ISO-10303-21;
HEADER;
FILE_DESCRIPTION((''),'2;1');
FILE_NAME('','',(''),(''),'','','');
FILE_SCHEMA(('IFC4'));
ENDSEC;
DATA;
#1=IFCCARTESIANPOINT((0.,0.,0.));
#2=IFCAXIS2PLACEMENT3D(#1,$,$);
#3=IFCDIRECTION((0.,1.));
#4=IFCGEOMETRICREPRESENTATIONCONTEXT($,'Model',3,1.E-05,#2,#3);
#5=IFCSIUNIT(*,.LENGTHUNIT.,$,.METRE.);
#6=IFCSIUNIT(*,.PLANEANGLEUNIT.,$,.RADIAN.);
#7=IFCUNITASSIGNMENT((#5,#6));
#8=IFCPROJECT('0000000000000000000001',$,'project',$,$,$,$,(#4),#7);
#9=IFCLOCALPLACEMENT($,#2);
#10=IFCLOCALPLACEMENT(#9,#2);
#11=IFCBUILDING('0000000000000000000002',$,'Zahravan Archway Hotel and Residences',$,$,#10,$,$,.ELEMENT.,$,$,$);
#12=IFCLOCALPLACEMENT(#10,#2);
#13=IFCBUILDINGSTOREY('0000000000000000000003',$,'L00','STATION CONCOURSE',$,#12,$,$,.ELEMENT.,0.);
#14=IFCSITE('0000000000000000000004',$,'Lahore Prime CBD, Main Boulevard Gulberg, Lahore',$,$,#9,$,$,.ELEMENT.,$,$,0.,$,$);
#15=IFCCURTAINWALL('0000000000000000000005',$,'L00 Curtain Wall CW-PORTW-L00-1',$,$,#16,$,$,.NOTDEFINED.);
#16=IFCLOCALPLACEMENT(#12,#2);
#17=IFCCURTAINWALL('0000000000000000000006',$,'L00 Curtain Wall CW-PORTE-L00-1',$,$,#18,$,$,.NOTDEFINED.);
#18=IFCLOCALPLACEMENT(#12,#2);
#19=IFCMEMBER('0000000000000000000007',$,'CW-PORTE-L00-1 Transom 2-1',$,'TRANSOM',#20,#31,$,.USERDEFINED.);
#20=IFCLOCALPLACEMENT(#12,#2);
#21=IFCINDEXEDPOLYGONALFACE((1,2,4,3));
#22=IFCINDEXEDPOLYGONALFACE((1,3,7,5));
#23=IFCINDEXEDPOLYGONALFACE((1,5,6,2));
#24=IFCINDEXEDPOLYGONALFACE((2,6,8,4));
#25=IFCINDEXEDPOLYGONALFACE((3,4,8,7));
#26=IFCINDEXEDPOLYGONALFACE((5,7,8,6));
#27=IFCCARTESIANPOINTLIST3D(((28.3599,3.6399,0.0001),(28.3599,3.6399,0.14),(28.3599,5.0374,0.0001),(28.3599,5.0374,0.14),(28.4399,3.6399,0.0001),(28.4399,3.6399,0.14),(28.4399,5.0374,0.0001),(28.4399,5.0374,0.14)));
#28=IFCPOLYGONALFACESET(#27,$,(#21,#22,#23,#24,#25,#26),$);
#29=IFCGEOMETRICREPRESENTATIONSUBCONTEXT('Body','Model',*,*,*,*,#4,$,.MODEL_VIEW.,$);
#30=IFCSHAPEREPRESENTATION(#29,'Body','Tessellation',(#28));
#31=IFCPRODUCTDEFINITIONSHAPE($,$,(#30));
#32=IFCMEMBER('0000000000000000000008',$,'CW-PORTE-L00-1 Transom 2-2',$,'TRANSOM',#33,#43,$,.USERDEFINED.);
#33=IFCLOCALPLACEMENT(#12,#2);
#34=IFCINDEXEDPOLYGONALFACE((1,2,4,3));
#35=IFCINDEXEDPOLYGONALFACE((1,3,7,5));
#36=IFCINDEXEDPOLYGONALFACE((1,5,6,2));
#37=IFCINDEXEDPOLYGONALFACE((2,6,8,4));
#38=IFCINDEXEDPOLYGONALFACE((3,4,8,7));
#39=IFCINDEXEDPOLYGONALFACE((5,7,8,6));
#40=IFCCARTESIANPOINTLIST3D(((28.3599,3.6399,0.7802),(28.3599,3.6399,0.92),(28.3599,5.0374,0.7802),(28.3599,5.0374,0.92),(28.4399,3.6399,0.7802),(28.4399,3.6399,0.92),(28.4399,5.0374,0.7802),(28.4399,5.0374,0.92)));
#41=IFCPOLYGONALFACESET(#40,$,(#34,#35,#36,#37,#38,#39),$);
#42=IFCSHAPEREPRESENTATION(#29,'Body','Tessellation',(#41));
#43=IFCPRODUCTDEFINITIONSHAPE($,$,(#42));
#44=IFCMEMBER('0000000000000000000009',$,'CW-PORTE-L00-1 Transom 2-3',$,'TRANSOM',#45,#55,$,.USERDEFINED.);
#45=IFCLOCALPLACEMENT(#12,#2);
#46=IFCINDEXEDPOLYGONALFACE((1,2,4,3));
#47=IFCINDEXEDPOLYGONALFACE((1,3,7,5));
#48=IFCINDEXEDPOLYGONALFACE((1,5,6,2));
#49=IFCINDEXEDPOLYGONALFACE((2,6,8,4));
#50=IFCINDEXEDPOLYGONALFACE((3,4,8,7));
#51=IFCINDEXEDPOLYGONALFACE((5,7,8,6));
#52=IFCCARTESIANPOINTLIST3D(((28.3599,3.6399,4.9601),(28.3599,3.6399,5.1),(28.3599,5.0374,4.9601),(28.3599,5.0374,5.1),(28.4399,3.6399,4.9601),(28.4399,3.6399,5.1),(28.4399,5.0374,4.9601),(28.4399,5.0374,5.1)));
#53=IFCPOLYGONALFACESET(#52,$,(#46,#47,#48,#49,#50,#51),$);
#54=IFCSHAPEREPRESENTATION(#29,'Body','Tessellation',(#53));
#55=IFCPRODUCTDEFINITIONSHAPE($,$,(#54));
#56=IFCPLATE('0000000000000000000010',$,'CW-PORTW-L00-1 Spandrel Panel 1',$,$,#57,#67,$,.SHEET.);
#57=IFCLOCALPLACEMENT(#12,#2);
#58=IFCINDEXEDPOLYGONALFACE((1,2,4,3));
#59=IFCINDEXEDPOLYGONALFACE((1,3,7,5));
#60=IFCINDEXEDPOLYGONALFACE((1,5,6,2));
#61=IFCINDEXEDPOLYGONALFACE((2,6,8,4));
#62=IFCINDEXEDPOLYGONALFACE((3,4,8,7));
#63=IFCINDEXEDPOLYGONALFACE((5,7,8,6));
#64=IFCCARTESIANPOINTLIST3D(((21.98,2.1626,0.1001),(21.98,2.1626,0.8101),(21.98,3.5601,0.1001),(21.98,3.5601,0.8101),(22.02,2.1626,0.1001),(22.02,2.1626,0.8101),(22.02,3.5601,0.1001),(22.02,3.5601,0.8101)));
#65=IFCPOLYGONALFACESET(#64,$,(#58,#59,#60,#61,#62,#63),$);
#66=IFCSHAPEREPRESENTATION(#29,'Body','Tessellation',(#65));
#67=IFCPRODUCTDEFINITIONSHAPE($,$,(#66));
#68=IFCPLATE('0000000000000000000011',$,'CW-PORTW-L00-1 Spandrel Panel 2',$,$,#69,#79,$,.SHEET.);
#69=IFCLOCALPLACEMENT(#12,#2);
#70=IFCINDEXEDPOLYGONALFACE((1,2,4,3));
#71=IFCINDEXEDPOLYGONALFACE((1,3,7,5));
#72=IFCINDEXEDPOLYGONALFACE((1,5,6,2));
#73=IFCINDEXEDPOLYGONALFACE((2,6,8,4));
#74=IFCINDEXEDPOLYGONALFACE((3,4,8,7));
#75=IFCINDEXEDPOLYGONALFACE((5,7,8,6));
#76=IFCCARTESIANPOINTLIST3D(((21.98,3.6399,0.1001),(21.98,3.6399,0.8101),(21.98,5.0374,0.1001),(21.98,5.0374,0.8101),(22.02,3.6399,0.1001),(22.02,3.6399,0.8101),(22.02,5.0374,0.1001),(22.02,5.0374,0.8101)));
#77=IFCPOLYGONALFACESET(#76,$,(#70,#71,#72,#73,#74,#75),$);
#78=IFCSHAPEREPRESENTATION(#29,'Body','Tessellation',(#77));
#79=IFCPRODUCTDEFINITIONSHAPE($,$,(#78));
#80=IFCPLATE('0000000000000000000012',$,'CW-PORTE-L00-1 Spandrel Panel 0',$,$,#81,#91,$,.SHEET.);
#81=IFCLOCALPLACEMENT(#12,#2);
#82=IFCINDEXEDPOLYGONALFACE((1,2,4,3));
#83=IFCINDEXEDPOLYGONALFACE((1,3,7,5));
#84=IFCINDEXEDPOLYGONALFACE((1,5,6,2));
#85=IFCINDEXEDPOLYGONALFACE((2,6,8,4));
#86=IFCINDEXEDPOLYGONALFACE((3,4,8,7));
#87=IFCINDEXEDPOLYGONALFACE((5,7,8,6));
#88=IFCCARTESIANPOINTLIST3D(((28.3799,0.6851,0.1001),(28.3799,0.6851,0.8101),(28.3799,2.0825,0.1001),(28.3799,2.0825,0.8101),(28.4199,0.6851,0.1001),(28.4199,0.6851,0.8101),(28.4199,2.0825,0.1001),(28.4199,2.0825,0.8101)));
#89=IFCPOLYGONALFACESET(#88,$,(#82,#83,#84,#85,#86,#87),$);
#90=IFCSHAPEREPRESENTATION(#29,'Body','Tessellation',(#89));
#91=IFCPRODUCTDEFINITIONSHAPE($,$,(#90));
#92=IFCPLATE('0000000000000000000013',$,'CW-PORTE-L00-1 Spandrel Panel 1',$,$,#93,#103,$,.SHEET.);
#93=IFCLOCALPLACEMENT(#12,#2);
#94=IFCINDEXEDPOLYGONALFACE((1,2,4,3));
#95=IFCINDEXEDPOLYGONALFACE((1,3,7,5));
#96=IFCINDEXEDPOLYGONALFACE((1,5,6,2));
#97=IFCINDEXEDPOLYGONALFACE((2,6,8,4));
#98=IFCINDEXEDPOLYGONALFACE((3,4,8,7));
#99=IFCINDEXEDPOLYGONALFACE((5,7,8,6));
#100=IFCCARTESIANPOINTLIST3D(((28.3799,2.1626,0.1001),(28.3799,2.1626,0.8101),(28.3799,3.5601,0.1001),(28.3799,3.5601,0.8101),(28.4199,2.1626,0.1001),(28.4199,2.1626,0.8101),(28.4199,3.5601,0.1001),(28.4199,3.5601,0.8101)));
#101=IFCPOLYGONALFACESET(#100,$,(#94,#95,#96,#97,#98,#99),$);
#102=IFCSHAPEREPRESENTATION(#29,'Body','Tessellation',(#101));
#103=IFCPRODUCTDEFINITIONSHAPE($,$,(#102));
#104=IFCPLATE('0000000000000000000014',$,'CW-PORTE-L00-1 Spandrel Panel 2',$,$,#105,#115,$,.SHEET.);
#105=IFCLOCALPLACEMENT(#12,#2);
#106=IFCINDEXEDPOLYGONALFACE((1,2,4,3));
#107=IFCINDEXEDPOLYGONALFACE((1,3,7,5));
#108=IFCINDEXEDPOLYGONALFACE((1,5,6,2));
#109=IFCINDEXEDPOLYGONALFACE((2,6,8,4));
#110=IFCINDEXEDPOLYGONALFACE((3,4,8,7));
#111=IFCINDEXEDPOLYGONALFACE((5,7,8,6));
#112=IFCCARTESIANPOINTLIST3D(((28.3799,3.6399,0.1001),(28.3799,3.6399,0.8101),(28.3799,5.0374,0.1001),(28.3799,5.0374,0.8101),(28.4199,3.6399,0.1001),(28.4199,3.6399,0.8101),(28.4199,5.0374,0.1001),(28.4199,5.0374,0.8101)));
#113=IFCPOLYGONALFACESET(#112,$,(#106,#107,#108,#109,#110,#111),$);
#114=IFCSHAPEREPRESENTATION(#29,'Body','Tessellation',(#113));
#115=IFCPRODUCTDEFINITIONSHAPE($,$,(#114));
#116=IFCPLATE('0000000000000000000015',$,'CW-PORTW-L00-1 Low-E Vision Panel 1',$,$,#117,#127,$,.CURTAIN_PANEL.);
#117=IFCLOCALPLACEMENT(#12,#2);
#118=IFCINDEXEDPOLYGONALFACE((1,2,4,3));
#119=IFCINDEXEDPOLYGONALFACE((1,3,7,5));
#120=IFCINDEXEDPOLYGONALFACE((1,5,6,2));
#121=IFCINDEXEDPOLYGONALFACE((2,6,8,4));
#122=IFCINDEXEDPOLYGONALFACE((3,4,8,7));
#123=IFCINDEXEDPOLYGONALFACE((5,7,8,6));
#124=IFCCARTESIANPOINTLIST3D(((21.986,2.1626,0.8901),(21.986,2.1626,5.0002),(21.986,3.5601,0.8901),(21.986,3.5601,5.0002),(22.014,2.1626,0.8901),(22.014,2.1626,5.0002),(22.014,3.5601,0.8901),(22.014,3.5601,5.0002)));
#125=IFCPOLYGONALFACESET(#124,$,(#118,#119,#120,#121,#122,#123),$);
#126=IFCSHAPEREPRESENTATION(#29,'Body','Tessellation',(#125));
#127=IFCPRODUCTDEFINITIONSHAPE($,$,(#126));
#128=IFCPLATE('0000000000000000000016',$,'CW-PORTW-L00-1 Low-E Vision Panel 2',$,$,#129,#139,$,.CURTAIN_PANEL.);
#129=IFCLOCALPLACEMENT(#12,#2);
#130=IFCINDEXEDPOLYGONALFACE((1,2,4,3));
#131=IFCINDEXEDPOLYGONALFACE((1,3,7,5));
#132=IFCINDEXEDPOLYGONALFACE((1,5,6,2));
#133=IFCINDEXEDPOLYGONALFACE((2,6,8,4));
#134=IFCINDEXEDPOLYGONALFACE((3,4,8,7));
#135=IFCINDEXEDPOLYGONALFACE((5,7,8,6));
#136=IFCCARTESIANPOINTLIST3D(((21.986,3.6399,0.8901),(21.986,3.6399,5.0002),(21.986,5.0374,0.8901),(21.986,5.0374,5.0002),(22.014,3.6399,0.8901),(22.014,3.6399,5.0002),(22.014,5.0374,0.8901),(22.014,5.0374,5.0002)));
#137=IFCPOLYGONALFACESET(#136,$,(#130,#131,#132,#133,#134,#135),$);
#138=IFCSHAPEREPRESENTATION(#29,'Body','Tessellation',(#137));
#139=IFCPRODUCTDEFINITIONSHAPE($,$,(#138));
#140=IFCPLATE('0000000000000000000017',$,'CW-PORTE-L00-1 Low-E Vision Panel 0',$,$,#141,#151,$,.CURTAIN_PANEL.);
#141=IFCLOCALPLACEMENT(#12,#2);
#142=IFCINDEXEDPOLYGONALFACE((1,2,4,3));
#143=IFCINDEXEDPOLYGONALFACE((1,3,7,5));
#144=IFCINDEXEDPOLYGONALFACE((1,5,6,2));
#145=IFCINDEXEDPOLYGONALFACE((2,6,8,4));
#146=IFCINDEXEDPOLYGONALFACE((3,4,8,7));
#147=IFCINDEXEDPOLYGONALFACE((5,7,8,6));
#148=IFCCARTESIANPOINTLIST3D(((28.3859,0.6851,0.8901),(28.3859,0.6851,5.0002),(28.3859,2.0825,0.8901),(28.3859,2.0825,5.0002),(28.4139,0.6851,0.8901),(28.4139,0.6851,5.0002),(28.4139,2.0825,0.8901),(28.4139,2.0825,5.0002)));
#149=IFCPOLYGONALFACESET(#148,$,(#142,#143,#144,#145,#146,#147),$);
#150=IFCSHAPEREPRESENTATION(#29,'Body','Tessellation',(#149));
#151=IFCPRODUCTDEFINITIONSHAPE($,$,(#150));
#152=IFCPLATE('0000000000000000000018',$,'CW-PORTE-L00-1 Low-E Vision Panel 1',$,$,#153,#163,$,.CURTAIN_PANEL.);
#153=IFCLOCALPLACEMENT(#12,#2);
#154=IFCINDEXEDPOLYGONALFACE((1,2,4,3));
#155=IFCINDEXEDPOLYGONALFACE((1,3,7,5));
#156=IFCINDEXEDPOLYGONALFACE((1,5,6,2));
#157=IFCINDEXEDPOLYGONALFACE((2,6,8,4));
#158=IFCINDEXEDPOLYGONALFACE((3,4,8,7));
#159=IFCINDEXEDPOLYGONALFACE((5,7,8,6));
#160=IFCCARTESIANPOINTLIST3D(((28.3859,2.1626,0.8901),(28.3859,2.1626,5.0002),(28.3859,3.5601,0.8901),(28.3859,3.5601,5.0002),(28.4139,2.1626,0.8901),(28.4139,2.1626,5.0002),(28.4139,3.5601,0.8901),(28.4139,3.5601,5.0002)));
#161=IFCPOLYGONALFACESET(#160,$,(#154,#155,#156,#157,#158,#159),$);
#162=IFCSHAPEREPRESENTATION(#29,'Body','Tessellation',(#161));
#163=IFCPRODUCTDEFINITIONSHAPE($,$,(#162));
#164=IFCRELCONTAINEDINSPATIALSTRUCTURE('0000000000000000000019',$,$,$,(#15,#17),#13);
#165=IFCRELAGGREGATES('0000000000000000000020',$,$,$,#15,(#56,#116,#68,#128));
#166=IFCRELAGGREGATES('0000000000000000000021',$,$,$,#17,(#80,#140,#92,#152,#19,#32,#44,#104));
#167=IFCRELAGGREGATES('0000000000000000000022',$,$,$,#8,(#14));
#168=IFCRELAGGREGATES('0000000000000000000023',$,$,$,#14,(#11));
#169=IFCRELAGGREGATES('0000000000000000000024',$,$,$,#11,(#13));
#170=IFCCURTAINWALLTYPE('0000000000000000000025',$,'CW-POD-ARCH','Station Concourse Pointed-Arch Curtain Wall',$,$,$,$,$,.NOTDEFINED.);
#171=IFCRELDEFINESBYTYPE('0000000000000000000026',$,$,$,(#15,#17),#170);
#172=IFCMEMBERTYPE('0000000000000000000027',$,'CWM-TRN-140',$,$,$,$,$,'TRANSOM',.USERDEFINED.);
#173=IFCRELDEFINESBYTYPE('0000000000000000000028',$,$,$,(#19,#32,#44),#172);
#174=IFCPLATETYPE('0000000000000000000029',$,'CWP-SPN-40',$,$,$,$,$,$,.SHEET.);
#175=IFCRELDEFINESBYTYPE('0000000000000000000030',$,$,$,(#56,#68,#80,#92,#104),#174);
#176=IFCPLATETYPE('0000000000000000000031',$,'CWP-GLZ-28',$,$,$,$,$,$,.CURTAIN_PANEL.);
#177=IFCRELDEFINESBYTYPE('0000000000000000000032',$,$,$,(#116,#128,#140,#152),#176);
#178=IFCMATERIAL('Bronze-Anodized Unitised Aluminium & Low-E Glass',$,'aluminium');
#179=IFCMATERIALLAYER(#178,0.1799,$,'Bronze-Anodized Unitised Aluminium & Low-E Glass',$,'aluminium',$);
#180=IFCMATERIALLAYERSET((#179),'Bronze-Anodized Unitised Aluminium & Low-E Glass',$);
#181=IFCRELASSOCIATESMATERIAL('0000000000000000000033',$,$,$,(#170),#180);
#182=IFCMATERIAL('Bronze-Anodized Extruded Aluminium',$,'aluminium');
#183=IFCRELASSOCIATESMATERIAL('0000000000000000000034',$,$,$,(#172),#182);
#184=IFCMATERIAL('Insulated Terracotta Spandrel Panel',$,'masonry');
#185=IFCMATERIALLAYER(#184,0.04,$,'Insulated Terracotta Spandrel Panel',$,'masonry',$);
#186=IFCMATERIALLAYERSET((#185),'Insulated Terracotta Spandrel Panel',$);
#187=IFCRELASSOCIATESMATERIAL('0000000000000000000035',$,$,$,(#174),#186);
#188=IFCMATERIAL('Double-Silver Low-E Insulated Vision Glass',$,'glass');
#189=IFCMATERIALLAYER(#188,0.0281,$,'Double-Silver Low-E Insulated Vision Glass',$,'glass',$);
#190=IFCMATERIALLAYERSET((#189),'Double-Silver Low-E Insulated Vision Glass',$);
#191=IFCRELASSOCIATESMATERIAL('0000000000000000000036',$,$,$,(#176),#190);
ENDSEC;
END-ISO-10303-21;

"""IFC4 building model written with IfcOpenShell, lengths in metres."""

from ifc_helpers import new_model, si_unit, direction, frame, origin, origin_2d, place, context, subcontext, project, spatial, rectangle, extrude, source, transform, mapped, material, layer, layer_set, material_profile, profile_set, type_object, element, aggregate, save


model = new_model("IFC4")

# Units and contexts
model_context = context("Model", 3, precision=1e-05, world=origin(), true_north=direction((0.0, 1.0)))
body_context = subcontext(model_context, "Body", "Model", "MODEL_VIEW")
ifc_project = project(units=[si_unit("LENGTHUNIT", "METRE"), si_unit("PLANEANGLEUNIT", "RADIAN")], contexts=[model_context])

# Site, building, storey
site_placement = place(None, origin())
site = spatial("IfcSite", under=ifc_project, at=site_placement, Name="Lahore Prime CBD, Main Boulevard Gulberg, Lahore", CompositionType="ELEMENT", RefElevation=0.0)
building_placement = place(site_placement, origin())
building = spatial("IfcBuilding", under=site, at=building_placement, Name="Zahravan Archway Hotel and Residences", CompositionType="ELEMENT")
storey_placement = place(building_placement, origin())
storey = spatial("IfcBuildingStorey", under=building, at=storey_placement, Name="L00", Description="STATION CONCOURSE", CompositionType="ELEMENT", Elevation=0.0)

# Curtain wall
ifc_material_1 = material(Name="Bronze-Anodized Unitised Aluminium & Low-E Glass", Category="aluminium")
ifc_layer_1 = layer(ifc_material_1, 0.1799, Name="Bronze-Anodized Unitised Aluminium & Low-E Glass", Category="aluminium")
ifc_layer_set_1 = layer_set([ifc_layer_1], Name="Bronze-Anodized Unitised Aluminium & Low-E Glass")
curtain_wall_type = type_object("IfcCurtainWallType", Name="CW-POD-ARCH", Description="Station Concourse Pointed-Arch Curtain Wall", PredefinedType="NOTDEFINED", material=ifc_layer_set_1)
curtain_wall_1_placement = place(storey_placement, origin())
curtain_wall_1 = element("IfcCurtainWall", 1, at=curtain_wall_1_placement, inside=storey, type_object=curtain_wall_type, Name="L00 Curtain Wall CW-PORTW-L00-1", PredefinedType="NOTDEFINED")
ifc_material_2 = material(Name="Bronze-Anodized Extruded Aluminium", Category="aluminium")

# Curtain wall
curtain_wall_2_placement = place(storey_placement, origin())
curtain_wall_2 = element("IfcCurtainWall", 2, at=curtain_wall_2_placement, inside=storey, type_object=curtain_wall_type, Name="L00 Curtain Wall CW-PORTE-L00-1", PredefinedType="NOTDEFINED")
ifc_material_profile_1 = material_profile(ifc_material_2, rectangle(XDim=0.0801, YDim=0.1399, at=origin_2d()), Name="TRN 80x140", Category="aluminium")
ifc_profile_set_1 = profile_set([ifc_material_profile_1], Name="Bronze-Anodized Extruded Aluminium")
member_type_1 = type_object("IfcMemberType", Name="CWM-TRN-140", ElementType="TRANSOM", PredefinedType="USERDEFINED", material=ifc_profile_set_1)

# Members
shared_shape_1 = source(origin(), body_context, "Body", "SweptSolid", [
    extrude(rectangle(XDim=0.0801, YDim=0.1399, at=origin_2d()), origin(), (0.0, 0.0, 1.0), 1.3975),
])
member_1_placement = place(storey_placement, frame((28.3999, 3.6399, 0.0701), z_axis=(0.0, 1.0, 0.0), x_axis=(-1.0, 0.0, 0.0)))
member_1 = element("IfcMember", 3, at=member_1_placement, type_object=member_type_1, Name="CW-PORTE-L00-1 Transom 2-1", ObjectType="TRANSOM", PredefinedType="USERDEFINED", context=body_context, shape_type="MappedRepresentation", body=[
    mapped(shared_shape_1, transform((0.0, 0.0, 0.0), scale=1.0)),
])
member_2_placement = place(storey_placement, frame((28.3999, 3.6399, 0.8501), z_axis=(0.0, 1.0, 0.0), x_axis=(-1.0, 0.0, 0.0)))
member_2 = element("IfcMember", 4, at=member_2_placement, type_object=member_type_1, Name="CW-PORTE-L00-1 Transom 2-2", ObjectType="TRANSOM", PredefinedType="USERDEFINED", context=body_context, shape_type="MappedRepresentation", body=[
    mapped(shared_shape_1, transform((0.0, 0.0, 0.0), scale=1.0)),
])
member_3_placement = place(storey_placement, frame((28.3999, 3.6399, 5.03), z_axis=(0.0, 1.0, 0.0), x_axis=(-1.0, 0.0, 0.0)))
member_3 = element("IfcMember", 5, at=member_3_placement, type_object=member_type_1, Name="CW-PORTE-L00-1 Transom 2-3", ObjectType="TRANSOM", PredefinedType="USERDEFINED", context=body_context, shape_type="MappedRepresentation", body=[
    mapped(shared_shape_1, transform((0.0, 0.0, 0.0), scale=1.0)),
])

# Plates
ifc_material_3 = material(Name="Insulated Terracotta Spandrel Panel", Category="masonry")
ifc_layer_2 = layer(ifc_material_3, 0.04, Name="Insulated Terracotta Spandrel Panel", Category="masonry")
ifc_layer_set_2 = layer_set([ifc_layer_2], Name="Insulated Terracotta Spandrel Panel")
plate_type_1 = type_object("IfcPlateType", Name="CWP-SPN-40", PredefinedType="SHEET", material=ifc_layer_set_2)
shared_shape_2 = source(origin(), body_context, "Body", "SweptSolid", [
    extrude(rectangle(XDim=1.3975, YDim=0.04, at=origin_2d()), origin(), (0.0, 0.0, 1.0), 0.71),
])
plate_1_placement = place(storey_placement, frame((22.0, 2.8613, 0.1001), z_axis=(0.0, 0.0, 1.0), x_axis=(0.0, 1.0, 0.0)))
plate_1 = element("IfcPlate", 6, at=plate_1_placement, type_object=plate_type_1, Name="CW-PORTW-L00-1 Spandrel Panel 1", PredefinedType="SHEET", context=body_context, shape_type="MappedRepresentation", body=[
    mapped(shared_shape_2, transform((0.0, 0.0, 0.0), scale=1.0)),
])
plate_2_placement = place(storey_placement, frame((22.0, 4.3386, 0.1001), z_axis=(0.0, 0.0, 1.0), x_axis=(0.0, 1.0, 0.0)))
plate_2 = element("IfcPlate", 7, at=plate_2_placement, type_object=plate_type_1, Name="CW-PORTW-L00-1 Spandrel Panel 2", PredefinedType="SHEET", context=body_context, shape_type="MappedRepresentation", body=[
    mapped(shared_shape_2, transform((0.0, 0.0, 0.0), scale=1.0)),
])
plate_3_placement = place(storey_placement, frame((28.3999, 1.3838, 0.1001), z_axis=(0.0, 0.0, 1.0), x_axis=(0.0, 1.0, 0.0)))
plate_3 = element("IfcPlate", 8, at=plate_3_placement, type_object=plate_type_1, Name="CW-PORTE-L00-1 Spandrel Panel 0", PredefinedType="SHEET", context=body_context, shape_type="MappedRepresentation", body=[
    mapped(shared_shape_2, transform((0.0, 0.0, 0.0), scale=1.0)),
])
plate_4_placement = place(storey_placement, frame((28.3999, 2.8613, 0.1001), z_axis=(0.0, 0.0, 1.0), x_axis=(0.0, 1.0, 0.0)))
plate_4 = element("IfcPlate", 9, at=plate_4_placement, type_object=plate_type_1, Name="CW-PORTE-L00-1 Spandrel Panel 1", PredefinedType="SHEET", context=body_context, shape_type="MappedRepresentation", body=[
    mapped(shared_shape_2, transform((0.0, 0.0, 0.0), scale=1.0)),
])
plate_5_placement = place(storey_placement, frame((28.3999, 4.3386, 0.1001), z_axis=(0.0, 0.0, 1.0), x_axis=(0.0, 1.0, 0.0)))
plate_5 = element("IfcPlate", 10, at=plate_5_placement, type_object=plate_type_1, Name="CW-PORTE-L00-1 Spandrel Panel 2", PredefinedType="SHEET", context=body_context, shape_type="MappedRepresentation", body=[
    mapped(shared_shape_2, transform((0.0, 0.0, 0.0), scale=1.0)),
])
ifc_material_4 = material(Name="Double-Silver Low-E Insulated Vision Glass", Category="glass")
ifc_layer_3 = layer(ifc_material_4, 0.0281, Name="Double-Silver Low-E Insulated Vision Glass", Category="glass")
ifc_layer_set_3 = layer_set([ifc_layer_3], Name="Double-Silver Low-E Insulated Vision Glass")
plate_type_2 = type_object("IfcPlateType", Name="CWP-GLZ-28", PredefinedType="CURTAIN_PANEL", material=ifc_layer_set_3)
shared_shape_3 = source(origin(), body_context, "Body", "SweptSolid", [
    extrude(rectangle(XDim=1.3975, YDim=0.0281, at=origin_2d()), origin(), (0.0, 0.0, 1.0), 4.1101),
])
plate_6_placement = place(storey_placement, frame((22.0, 2.8613, 0.8901), z_axis=(0.0, 0.0, 1.0), x_axis=(0.0, 1.0, 0.0)))
plate_6 = element("IfcPlate", 11, at=plate_6_placement, type_object=plate_type_2, Name="CW-PORTW-L00-1 Low-E Vision Panel 1", PredefinedType="CURTAIN_PANEL", context=body_context, shape_type="MappedRepresentation", body=[
    mapped(shared_shape_3, transform((0.0, 0.0, 0.0), scale=1.0)),
])
plate_7_placement = place(storey_placement, frame((22.0, 4.3386, 0.8901), z_axis=(0.0, 0.0, 1.0), x_axis=(0.0, 1.0, 0.0)))
plate_7 = element("IfcPlate", 12, at=plate_7_placement, type_object=plate_type_2, Name="CW-PORTW-L00-1 Low-E Vision Panel 2", PredefinedType="CURTAIN_PANEL", context=body_context, shape_type="MappedRepresentation", body=[
    mapped(shared_shape_3, transform((0.0, 0.0, 0.0), scale=1.0)),
])
aggregate(curtain_wall_1, [plate_1, plate_6, plate_2, plate_7])
plate_8_placement = place(storey_placement, frame((28.3999, 1.3838, 0.8901), z_axis=(0.0, 0.0, 1.0), x_axis=(0.0, 1.0, 0.0)))
plate_8 = element("IfcPlate", 13, at=plate_8_placement, type_object=plate_type_2, Name="CW-PORTE-L00-1 Low-E Vision Panel 0", PredefinedType="CURTAIN_PANEL", context=body_context, shape_type="MappedRepresentation", body=[
    mapped(shared_shape_3, transform((0.0, 0.0, 0.0), scale=1.0)),
])
plate_9_placement = place(storey_placement, frame((28.3999, 2.8613, 0.8901), z_axis=(0.0, 0.0, 1.0), x_axis=(0.0, 1.0, 0.0)))
plate_9 = element("IfcPlate", 14, at=plate_9_placement, type_object=plate_type_2, Name="CW-PORTE-L00-1 Low-E Vision Panel 1", PredefinedType="CURTAIN_PANEL", context=body_context, shape_type="MappedRepresentation", body=[
    mapped(shared_shape_3, transform((0.0, 0.0, 0.0), scale=1.0)),
])
aggregate(curtain_wall_2, [plate_3, plate_8, plate_4, plate_9, member_1, member_2, member_3, plate_5])

save(model, "model.ifc")
